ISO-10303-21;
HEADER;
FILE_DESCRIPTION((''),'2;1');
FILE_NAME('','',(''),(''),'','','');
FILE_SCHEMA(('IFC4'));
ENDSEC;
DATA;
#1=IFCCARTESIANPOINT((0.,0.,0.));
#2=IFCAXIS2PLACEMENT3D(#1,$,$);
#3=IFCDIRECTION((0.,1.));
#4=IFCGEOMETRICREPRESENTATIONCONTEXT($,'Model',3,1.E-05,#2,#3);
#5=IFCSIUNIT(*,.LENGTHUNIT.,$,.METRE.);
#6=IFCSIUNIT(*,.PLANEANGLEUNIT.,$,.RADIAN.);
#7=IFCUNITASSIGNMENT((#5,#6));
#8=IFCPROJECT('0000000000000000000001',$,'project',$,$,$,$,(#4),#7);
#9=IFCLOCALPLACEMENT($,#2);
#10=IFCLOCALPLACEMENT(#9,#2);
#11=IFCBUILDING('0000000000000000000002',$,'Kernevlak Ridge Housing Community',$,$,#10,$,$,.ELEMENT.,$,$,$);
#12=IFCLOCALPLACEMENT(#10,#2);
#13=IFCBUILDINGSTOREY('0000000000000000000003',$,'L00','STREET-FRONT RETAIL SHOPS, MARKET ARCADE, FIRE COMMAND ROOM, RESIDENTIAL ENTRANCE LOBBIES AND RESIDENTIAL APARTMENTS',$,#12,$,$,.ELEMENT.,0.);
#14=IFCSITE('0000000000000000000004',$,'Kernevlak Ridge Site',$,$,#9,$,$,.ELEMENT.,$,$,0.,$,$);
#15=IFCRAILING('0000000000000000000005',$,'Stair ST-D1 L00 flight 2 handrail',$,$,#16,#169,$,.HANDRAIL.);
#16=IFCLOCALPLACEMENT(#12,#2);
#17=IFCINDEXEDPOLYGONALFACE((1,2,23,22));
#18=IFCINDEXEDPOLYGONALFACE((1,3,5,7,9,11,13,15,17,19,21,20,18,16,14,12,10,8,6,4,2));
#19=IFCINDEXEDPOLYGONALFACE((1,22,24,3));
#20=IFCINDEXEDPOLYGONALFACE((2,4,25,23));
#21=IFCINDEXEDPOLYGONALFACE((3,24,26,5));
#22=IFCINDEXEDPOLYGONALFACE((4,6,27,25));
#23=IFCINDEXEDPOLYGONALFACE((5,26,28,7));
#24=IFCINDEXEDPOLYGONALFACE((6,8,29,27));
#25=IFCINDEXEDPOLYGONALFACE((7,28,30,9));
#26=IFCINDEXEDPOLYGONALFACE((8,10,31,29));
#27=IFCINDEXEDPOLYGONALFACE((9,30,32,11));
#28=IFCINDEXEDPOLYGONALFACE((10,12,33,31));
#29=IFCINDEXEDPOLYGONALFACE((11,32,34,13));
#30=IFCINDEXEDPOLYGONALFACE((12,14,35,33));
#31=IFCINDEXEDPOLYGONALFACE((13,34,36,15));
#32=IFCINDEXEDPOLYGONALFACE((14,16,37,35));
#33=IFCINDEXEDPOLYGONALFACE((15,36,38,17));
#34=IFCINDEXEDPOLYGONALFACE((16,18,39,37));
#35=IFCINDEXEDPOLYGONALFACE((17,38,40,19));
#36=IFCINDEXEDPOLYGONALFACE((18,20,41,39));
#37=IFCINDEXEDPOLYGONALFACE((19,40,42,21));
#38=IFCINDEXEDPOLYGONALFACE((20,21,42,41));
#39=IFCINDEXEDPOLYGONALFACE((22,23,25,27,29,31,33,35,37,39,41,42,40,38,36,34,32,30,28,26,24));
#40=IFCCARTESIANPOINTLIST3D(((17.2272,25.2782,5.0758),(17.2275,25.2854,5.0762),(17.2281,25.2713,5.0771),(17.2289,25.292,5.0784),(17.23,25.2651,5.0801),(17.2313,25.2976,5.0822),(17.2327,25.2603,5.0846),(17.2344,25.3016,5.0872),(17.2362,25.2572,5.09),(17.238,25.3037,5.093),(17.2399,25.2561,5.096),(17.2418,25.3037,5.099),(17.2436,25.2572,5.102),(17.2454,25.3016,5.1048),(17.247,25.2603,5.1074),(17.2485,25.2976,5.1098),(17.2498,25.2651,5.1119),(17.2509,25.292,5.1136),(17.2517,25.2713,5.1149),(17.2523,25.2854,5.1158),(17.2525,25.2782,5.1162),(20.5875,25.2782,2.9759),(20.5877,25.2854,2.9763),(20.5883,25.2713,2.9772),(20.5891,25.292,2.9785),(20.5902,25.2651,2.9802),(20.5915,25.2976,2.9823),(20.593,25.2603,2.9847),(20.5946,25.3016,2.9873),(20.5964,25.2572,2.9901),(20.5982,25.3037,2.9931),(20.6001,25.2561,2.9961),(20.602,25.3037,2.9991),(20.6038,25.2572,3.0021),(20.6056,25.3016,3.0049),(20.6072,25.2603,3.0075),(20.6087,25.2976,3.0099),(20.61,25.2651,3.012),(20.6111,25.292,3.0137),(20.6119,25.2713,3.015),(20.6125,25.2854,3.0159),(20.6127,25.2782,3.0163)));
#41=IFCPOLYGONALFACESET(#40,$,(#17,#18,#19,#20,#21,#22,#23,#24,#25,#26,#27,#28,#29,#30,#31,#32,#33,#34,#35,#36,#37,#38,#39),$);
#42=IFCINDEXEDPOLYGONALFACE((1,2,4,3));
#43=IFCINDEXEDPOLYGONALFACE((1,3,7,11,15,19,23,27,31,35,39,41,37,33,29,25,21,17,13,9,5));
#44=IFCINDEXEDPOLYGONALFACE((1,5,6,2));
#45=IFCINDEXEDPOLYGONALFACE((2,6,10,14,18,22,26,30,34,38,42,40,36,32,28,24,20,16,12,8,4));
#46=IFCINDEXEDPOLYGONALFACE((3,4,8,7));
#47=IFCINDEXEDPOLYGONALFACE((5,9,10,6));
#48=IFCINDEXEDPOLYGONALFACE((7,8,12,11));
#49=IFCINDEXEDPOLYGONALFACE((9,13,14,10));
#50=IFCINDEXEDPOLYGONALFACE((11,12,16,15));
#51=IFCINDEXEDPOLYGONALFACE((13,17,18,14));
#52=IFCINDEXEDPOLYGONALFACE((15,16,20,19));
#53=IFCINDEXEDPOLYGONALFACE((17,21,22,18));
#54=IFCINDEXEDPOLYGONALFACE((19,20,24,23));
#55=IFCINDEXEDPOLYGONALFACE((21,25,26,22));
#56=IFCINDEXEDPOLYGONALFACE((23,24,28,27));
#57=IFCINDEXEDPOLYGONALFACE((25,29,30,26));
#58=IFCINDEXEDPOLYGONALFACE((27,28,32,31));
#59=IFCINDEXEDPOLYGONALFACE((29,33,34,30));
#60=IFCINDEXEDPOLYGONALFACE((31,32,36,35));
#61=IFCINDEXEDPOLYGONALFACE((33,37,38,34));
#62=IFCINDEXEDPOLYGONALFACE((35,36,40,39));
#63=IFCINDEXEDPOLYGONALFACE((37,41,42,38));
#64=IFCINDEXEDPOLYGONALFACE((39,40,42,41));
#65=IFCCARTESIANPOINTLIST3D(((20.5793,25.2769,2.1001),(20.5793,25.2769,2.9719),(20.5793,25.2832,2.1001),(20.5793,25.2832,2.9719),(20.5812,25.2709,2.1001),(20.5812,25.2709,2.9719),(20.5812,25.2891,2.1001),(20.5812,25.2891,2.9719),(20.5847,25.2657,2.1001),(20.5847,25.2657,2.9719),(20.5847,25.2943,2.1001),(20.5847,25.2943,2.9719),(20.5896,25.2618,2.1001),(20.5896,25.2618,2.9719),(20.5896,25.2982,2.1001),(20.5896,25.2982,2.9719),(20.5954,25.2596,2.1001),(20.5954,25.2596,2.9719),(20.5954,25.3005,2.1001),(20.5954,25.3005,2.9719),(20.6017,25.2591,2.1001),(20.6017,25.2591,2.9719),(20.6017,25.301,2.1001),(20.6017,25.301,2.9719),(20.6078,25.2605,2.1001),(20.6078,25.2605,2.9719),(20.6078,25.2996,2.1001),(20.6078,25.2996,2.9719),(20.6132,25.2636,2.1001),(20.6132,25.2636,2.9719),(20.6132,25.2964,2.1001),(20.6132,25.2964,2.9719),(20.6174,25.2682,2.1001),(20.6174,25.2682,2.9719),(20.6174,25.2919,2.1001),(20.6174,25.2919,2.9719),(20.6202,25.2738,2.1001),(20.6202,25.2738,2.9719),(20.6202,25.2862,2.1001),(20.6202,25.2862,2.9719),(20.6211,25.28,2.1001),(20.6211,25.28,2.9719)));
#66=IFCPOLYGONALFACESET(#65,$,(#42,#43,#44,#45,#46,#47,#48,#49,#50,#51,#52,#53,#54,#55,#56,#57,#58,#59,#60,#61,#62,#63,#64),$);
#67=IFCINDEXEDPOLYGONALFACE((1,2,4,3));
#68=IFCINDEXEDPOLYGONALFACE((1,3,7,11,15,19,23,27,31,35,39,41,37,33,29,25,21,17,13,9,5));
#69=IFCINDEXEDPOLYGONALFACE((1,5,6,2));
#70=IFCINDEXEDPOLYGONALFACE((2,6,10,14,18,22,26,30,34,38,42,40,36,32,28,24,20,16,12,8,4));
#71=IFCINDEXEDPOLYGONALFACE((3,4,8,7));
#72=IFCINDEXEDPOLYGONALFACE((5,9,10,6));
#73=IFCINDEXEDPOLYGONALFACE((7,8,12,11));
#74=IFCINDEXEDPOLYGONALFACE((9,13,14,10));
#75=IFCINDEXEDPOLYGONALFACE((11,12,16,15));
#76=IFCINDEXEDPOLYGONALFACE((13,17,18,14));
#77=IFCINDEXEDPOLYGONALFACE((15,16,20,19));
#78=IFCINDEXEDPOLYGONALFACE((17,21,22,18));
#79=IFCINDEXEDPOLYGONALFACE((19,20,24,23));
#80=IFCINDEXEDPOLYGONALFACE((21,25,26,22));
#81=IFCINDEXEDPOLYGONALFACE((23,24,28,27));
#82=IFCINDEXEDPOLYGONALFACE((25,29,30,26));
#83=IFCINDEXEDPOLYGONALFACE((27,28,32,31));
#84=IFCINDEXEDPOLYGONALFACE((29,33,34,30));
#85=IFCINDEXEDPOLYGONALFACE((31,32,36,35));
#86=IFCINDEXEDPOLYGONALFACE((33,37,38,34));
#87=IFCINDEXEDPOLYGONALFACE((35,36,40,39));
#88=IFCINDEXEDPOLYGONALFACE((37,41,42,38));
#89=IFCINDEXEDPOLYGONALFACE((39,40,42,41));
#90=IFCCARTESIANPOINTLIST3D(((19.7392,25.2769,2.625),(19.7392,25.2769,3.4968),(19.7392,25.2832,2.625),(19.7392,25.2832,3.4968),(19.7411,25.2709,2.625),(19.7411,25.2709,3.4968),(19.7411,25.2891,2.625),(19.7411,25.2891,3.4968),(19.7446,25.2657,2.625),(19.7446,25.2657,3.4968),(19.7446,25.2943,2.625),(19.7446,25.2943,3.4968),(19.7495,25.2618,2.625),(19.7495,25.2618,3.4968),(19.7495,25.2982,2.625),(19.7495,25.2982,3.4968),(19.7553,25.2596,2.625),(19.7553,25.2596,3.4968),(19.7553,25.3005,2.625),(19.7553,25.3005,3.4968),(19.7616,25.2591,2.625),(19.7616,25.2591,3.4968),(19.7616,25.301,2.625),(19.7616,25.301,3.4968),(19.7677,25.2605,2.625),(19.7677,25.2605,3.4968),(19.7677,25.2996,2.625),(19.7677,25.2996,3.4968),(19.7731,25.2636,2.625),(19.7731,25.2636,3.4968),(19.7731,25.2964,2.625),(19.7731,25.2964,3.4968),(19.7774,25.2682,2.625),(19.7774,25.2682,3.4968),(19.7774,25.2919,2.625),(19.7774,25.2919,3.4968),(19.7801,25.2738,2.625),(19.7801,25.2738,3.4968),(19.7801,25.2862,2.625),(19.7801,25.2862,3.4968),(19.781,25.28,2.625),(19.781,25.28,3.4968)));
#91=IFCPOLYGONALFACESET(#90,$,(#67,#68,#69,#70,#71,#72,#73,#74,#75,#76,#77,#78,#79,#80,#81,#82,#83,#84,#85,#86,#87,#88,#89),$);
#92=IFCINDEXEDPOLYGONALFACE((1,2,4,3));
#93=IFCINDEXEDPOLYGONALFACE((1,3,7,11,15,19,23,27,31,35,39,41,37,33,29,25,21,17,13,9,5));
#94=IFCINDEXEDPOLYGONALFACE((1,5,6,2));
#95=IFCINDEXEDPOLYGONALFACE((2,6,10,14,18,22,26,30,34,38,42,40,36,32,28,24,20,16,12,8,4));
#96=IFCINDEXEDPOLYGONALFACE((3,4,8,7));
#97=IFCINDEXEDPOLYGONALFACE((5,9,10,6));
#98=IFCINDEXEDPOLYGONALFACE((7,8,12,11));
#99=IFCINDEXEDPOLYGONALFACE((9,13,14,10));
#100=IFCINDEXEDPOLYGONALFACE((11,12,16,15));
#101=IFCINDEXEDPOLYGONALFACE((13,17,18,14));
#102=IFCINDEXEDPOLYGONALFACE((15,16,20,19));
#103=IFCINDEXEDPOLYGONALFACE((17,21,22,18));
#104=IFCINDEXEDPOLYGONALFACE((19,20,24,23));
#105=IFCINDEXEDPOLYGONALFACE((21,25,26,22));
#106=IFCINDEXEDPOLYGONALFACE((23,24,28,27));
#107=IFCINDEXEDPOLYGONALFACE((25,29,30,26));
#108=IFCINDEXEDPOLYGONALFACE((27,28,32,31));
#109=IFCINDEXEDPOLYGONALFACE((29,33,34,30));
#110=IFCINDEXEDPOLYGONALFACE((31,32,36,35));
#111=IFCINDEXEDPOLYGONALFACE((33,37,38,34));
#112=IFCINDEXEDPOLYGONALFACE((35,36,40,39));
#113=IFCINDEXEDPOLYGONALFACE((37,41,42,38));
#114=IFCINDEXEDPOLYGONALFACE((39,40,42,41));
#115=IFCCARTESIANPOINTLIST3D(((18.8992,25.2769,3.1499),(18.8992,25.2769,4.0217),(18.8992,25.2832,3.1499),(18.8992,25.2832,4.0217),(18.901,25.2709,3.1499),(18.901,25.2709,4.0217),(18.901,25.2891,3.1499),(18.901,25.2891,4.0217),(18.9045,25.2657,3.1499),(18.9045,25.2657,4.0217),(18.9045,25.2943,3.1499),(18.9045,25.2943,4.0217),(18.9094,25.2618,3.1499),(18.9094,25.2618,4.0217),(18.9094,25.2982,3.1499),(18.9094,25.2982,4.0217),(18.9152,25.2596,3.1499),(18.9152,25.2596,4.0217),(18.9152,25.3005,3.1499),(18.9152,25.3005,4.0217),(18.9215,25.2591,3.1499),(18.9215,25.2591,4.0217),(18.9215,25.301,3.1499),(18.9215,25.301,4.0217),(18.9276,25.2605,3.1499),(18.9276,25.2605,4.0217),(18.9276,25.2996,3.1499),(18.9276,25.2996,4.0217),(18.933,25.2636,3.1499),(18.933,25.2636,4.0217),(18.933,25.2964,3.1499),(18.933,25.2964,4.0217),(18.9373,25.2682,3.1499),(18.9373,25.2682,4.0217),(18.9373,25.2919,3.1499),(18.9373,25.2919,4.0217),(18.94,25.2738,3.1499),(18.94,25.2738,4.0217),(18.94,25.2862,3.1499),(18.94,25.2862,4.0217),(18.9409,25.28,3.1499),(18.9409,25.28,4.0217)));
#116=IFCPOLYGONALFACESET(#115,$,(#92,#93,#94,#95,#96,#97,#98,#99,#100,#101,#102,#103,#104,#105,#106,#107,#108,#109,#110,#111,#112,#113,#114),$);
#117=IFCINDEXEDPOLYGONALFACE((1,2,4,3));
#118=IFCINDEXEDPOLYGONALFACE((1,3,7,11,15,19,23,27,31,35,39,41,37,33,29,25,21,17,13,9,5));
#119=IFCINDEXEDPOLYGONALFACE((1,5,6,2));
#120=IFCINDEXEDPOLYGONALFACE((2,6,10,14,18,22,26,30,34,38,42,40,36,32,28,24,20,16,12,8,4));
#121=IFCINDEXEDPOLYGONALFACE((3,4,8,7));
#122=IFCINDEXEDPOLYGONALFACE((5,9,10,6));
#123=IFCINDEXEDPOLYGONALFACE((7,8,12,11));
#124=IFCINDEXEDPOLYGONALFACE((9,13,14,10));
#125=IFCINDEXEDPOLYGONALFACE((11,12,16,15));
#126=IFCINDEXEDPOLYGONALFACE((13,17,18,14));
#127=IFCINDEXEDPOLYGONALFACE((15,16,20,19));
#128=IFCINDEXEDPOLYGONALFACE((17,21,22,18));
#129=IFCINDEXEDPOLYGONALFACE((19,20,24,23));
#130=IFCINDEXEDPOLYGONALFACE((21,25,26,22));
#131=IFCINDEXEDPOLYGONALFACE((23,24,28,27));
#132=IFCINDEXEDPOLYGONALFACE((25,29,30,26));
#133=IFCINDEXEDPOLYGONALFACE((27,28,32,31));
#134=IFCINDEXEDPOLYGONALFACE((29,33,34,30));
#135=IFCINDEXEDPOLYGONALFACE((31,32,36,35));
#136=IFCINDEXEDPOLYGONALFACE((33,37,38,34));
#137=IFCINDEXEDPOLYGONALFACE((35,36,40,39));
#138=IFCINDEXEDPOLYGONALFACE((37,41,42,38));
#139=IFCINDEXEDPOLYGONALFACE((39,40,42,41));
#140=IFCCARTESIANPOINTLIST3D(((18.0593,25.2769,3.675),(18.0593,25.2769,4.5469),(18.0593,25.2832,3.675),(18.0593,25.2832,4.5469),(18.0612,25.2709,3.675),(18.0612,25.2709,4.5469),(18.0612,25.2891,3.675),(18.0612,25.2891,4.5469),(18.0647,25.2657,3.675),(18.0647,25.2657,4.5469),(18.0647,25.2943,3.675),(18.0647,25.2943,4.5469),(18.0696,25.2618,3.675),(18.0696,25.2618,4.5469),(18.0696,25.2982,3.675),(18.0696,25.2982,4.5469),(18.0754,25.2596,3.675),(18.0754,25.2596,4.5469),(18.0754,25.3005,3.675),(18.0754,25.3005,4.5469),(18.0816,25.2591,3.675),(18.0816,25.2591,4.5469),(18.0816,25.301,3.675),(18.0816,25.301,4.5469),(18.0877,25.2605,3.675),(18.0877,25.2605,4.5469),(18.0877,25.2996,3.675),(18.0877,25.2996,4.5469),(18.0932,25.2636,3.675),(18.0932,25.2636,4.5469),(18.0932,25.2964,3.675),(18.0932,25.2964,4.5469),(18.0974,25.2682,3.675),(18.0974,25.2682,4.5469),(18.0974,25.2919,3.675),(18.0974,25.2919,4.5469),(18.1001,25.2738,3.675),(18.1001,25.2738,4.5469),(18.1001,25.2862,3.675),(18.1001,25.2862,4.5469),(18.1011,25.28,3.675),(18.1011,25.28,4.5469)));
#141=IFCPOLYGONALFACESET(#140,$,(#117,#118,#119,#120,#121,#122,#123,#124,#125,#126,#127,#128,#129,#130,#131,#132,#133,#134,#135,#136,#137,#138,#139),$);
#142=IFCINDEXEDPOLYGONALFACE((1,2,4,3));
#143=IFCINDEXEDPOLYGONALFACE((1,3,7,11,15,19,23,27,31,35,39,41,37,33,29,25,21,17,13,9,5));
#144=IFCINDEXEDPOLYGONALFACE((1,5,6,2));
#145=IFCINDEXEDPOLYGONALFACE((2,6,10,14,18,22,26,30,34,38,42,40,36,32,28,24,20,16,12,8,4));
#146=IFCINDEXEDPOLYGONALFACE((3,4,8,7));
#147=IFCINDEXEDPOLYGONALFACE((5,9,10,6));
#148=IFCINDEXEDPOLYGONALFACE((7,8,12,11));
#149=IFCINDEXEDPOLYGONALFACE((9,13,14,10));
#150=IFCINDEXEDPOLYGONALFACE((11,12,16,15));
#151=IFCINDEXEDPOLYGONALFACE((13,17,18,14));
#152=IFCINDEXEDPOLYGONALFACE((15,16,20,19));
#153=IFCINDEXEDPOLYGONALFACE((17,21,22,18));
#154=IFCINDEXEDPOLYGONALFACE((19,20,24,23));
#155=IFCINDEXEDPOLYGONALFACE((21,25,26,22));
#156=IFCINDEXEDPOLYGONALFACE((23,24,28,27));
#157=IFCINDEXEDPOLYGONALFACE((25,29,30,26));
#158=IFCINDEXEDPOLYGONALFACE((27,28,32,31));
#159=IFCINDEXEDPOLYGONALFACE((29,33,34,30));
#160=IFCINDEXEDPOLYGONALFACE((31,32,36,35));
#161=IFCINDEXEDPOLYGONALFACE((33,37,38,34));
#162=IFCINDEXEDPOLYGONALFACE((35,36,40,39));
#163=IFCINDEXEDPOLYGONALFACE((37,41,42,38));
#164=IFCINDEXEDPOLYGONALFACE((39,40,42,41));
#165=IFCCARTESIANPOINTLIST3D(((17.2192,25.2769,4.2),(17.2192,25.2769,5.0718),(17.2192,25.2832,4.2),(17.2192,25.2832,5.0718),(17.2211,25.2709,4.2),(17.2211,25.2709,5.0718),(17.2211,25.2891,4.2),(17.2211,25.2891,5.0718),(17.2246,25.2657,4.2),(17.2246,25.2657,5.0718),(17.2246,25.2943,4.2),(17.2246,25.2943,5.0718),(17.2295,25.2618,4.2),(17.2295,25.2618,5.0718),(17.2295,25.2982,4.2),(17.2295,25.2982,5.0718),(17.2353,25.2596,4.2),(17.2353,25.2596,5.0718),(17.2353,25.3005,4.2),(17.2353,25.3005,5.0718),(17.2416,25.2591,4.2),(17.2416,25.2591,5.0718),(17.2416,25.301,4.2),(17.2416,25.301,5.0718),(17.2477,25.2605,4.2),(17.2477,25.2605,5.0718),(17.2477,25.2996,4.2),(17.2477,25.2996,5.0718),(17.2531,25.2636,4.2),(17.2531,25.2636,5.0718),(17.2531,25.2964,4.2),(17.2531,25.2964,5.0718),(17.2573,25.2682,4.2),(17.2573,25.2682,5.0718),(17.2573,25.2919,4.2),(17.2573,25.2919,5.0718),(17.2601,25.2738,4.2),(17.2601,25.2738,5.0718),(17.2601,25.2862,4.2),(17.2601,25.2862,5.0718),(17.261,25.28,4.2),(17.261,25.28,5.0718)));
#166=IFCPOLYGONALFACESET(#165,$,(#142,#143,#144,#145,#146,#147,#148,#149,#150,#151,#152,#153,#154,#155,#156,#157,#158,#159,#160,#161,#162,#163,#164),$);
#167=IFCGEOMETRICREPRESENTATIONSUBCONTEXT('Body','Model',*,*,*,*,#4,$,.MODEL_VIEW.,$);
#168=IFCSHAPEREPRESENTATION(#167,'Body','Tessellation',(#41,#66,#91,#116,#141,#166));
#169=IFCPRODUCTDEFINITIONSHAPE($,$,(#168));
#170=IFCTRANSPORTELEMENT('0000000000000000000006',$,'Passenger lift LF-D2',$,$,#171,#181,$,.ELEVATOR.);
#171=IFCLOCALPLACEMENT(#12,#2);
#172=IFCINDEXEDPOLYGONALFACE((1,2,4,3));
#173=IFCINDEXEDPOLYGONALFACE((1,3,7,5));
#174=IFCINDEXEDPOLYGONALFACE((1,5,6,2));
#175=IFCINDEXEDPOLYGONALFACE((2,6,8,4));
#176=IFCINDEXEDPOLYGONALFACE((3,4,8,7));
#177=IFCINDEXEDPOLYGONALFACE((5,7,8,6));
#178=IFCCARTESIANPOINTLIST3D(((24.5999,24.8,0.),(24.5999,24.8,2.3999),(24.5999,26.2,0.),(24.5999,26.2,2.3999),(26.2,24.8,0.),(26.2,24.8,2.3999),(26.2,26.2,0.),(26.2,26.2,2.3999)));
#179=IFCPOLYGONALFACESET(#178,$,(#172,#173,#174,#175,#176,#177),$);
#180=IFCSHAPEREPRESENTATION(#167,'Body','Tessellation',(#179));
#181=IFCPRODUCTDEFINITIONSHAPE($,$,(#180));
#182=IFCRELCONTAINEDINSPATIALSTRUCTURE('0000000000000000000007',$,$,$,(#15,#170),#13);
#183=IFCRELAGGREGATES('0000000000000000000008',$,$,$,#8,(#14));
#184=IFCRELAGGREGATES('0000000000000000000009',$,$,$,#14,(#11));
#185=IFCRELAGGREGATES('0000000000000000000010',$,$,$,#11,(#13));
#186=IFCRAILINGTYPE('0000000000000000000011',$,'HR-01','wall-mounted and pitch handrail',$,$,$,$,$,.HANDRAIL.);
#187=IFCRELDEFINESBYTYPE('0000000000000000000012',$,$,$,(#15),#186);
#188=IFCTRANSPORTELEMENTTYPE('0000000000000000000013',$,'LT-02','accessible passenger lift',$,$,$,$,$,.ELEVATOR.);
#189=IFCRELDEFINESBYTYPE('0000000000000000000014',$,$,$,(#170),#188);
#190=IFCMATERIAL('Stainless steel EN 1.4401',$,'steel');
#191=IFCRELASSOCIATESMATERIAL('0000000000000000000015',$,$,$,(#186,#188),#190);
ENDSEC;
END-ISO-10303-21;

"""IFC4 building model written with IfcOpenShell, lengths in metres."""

from ifc_helpers import new_model, si_unit, direction, frame, origin, origin_2d, place, context, subcontext, project, spatial, rectangle, circle, extrude, material, type_object, element, save


model = new_model("IFC4")

# Units and contexts
model_context = context("Model", 3, precision=1e-05, world=origin(), true_north=direction((0.0, 1.0)))
body_context = subcontext(model_context, "Body", "Model", "MODEL_VIEW")
ifc_project = project(units=[si_unit("LENGTHUNIT", "METRE"), si_unit("PLANEANGLEUNIT", "RADIAN")], contexts=[model_context])

# Site, building, storey
site_placement = place(None, origin())
site = spatial("IfcSite", under=ifc_project, at=site_placement, Name="Kernevlak Ridge Site", CompositionType="ELEMENT", RefElevation=0.0)
building_placement = place(site_placement, origin())
building = spatial("IfcBuilding", under=site, at=building_placement, Name="Kernevlak Ridge Housing Community", CompositionType="ELEMENT")
storey_placement = place(building_placement, origin())
storey = spatial("IfcBuildingStorey", under=building, at=storey_placement, Name="L00", Description="STREET-FRONT RETAIL SHOPS, MARKET ARCADE, FIRE COMMAND ROOM, RESIDENTIAL ENTRANCE LOBBIES AND RESIDENTIAL APARTMENTS", CompositionType="ELEMENT", Elevation=0.0)

# Shared definitions
ifc_material_1 = material(Name="Stainless steel EN 1.4401", Category="steel")

# Railing
railing_type_1 = type_object("IfcRailingType", Name="HR-01", Description="wall-mounted and pitch handrail", PredefinedType="HANDRAIL", material=ifc_material_1)
railing_1_placement = place(storey_placement, frame((20.6001, 25.28, 2.1001)))
element("IfcRailing", 1, at=railing_1_placement, inside=storey, type_object=railing_type_1, Name="Stair ST-D1 L00 flight 2 handrail", PredefinedType="HANDRAIL", context=body_context, shape_type="SweptSolid", body=[
    extrude(circle(Radius=0.0239, at=origin_2d()), frame((0.0, 0.0, 0.896), z_axis=(-0.848023, 0.0, 0.52996), x_axis=(0.0, -1.0, 0.0)), (0.0, 0.0, 1.0), 3.9624),
    extrude(circle(Radius=0.021, at=origin_2d()), origin(), (0.0, 0.0, 1.0), 0.8718),
    extrude(circle(Radius=0.021, at=origin_2d()), frame((-0.8401, 0.0, 0.5249)), (0.0, 0.0, 1.0), 0.8718),
    extrude(circle(Radius=0.021, at=origin_2d()), frame((-1.6802, 0.0, 1.0498)), (0.0, 0.0, 1.0), 0.8718),
    extrude(circle(Radius=0.021, at=origin_2d()), frame((-2.52, 0.0, 1.575)), (0.0, 0.0, 1.0), 0.8718),
    extrude(circle(Radius=0.021, at=origin_2d()), frame((-3.3601, 0.0, 2.0999)), (0.0, 0.0, 1.0), 0.8718),
])

# Transport element
transport_element_type = type_object("IfcTransportElementType", Name="LT-02", Description="accessible passenger lift", PredefinedType="ELEVATOR", material=ifc_material_1)
transport_element_placement = place(storey_placement, frame((25.3999, 25.5, 0.0), z_axis=(0.0, 0.0, 1.0), x_axis=(1.0, 0.0, 0.0)))
element("IfcTransportElement", 2, at=transport_element_placement, inside=storey, type_object=transport_element_type, Name="Passenger lift LF-D2", PredefinedType="ELEVATOR", context=body_context, shape_type="SweptSolid", body=[
    extrude(rectangle(XDim=1.6001, YDim=1.3999, at=origin_2d()), origin(), (0.0, 0.0, 1.0), 2.3999),
])

save(model, "model.ifc")
